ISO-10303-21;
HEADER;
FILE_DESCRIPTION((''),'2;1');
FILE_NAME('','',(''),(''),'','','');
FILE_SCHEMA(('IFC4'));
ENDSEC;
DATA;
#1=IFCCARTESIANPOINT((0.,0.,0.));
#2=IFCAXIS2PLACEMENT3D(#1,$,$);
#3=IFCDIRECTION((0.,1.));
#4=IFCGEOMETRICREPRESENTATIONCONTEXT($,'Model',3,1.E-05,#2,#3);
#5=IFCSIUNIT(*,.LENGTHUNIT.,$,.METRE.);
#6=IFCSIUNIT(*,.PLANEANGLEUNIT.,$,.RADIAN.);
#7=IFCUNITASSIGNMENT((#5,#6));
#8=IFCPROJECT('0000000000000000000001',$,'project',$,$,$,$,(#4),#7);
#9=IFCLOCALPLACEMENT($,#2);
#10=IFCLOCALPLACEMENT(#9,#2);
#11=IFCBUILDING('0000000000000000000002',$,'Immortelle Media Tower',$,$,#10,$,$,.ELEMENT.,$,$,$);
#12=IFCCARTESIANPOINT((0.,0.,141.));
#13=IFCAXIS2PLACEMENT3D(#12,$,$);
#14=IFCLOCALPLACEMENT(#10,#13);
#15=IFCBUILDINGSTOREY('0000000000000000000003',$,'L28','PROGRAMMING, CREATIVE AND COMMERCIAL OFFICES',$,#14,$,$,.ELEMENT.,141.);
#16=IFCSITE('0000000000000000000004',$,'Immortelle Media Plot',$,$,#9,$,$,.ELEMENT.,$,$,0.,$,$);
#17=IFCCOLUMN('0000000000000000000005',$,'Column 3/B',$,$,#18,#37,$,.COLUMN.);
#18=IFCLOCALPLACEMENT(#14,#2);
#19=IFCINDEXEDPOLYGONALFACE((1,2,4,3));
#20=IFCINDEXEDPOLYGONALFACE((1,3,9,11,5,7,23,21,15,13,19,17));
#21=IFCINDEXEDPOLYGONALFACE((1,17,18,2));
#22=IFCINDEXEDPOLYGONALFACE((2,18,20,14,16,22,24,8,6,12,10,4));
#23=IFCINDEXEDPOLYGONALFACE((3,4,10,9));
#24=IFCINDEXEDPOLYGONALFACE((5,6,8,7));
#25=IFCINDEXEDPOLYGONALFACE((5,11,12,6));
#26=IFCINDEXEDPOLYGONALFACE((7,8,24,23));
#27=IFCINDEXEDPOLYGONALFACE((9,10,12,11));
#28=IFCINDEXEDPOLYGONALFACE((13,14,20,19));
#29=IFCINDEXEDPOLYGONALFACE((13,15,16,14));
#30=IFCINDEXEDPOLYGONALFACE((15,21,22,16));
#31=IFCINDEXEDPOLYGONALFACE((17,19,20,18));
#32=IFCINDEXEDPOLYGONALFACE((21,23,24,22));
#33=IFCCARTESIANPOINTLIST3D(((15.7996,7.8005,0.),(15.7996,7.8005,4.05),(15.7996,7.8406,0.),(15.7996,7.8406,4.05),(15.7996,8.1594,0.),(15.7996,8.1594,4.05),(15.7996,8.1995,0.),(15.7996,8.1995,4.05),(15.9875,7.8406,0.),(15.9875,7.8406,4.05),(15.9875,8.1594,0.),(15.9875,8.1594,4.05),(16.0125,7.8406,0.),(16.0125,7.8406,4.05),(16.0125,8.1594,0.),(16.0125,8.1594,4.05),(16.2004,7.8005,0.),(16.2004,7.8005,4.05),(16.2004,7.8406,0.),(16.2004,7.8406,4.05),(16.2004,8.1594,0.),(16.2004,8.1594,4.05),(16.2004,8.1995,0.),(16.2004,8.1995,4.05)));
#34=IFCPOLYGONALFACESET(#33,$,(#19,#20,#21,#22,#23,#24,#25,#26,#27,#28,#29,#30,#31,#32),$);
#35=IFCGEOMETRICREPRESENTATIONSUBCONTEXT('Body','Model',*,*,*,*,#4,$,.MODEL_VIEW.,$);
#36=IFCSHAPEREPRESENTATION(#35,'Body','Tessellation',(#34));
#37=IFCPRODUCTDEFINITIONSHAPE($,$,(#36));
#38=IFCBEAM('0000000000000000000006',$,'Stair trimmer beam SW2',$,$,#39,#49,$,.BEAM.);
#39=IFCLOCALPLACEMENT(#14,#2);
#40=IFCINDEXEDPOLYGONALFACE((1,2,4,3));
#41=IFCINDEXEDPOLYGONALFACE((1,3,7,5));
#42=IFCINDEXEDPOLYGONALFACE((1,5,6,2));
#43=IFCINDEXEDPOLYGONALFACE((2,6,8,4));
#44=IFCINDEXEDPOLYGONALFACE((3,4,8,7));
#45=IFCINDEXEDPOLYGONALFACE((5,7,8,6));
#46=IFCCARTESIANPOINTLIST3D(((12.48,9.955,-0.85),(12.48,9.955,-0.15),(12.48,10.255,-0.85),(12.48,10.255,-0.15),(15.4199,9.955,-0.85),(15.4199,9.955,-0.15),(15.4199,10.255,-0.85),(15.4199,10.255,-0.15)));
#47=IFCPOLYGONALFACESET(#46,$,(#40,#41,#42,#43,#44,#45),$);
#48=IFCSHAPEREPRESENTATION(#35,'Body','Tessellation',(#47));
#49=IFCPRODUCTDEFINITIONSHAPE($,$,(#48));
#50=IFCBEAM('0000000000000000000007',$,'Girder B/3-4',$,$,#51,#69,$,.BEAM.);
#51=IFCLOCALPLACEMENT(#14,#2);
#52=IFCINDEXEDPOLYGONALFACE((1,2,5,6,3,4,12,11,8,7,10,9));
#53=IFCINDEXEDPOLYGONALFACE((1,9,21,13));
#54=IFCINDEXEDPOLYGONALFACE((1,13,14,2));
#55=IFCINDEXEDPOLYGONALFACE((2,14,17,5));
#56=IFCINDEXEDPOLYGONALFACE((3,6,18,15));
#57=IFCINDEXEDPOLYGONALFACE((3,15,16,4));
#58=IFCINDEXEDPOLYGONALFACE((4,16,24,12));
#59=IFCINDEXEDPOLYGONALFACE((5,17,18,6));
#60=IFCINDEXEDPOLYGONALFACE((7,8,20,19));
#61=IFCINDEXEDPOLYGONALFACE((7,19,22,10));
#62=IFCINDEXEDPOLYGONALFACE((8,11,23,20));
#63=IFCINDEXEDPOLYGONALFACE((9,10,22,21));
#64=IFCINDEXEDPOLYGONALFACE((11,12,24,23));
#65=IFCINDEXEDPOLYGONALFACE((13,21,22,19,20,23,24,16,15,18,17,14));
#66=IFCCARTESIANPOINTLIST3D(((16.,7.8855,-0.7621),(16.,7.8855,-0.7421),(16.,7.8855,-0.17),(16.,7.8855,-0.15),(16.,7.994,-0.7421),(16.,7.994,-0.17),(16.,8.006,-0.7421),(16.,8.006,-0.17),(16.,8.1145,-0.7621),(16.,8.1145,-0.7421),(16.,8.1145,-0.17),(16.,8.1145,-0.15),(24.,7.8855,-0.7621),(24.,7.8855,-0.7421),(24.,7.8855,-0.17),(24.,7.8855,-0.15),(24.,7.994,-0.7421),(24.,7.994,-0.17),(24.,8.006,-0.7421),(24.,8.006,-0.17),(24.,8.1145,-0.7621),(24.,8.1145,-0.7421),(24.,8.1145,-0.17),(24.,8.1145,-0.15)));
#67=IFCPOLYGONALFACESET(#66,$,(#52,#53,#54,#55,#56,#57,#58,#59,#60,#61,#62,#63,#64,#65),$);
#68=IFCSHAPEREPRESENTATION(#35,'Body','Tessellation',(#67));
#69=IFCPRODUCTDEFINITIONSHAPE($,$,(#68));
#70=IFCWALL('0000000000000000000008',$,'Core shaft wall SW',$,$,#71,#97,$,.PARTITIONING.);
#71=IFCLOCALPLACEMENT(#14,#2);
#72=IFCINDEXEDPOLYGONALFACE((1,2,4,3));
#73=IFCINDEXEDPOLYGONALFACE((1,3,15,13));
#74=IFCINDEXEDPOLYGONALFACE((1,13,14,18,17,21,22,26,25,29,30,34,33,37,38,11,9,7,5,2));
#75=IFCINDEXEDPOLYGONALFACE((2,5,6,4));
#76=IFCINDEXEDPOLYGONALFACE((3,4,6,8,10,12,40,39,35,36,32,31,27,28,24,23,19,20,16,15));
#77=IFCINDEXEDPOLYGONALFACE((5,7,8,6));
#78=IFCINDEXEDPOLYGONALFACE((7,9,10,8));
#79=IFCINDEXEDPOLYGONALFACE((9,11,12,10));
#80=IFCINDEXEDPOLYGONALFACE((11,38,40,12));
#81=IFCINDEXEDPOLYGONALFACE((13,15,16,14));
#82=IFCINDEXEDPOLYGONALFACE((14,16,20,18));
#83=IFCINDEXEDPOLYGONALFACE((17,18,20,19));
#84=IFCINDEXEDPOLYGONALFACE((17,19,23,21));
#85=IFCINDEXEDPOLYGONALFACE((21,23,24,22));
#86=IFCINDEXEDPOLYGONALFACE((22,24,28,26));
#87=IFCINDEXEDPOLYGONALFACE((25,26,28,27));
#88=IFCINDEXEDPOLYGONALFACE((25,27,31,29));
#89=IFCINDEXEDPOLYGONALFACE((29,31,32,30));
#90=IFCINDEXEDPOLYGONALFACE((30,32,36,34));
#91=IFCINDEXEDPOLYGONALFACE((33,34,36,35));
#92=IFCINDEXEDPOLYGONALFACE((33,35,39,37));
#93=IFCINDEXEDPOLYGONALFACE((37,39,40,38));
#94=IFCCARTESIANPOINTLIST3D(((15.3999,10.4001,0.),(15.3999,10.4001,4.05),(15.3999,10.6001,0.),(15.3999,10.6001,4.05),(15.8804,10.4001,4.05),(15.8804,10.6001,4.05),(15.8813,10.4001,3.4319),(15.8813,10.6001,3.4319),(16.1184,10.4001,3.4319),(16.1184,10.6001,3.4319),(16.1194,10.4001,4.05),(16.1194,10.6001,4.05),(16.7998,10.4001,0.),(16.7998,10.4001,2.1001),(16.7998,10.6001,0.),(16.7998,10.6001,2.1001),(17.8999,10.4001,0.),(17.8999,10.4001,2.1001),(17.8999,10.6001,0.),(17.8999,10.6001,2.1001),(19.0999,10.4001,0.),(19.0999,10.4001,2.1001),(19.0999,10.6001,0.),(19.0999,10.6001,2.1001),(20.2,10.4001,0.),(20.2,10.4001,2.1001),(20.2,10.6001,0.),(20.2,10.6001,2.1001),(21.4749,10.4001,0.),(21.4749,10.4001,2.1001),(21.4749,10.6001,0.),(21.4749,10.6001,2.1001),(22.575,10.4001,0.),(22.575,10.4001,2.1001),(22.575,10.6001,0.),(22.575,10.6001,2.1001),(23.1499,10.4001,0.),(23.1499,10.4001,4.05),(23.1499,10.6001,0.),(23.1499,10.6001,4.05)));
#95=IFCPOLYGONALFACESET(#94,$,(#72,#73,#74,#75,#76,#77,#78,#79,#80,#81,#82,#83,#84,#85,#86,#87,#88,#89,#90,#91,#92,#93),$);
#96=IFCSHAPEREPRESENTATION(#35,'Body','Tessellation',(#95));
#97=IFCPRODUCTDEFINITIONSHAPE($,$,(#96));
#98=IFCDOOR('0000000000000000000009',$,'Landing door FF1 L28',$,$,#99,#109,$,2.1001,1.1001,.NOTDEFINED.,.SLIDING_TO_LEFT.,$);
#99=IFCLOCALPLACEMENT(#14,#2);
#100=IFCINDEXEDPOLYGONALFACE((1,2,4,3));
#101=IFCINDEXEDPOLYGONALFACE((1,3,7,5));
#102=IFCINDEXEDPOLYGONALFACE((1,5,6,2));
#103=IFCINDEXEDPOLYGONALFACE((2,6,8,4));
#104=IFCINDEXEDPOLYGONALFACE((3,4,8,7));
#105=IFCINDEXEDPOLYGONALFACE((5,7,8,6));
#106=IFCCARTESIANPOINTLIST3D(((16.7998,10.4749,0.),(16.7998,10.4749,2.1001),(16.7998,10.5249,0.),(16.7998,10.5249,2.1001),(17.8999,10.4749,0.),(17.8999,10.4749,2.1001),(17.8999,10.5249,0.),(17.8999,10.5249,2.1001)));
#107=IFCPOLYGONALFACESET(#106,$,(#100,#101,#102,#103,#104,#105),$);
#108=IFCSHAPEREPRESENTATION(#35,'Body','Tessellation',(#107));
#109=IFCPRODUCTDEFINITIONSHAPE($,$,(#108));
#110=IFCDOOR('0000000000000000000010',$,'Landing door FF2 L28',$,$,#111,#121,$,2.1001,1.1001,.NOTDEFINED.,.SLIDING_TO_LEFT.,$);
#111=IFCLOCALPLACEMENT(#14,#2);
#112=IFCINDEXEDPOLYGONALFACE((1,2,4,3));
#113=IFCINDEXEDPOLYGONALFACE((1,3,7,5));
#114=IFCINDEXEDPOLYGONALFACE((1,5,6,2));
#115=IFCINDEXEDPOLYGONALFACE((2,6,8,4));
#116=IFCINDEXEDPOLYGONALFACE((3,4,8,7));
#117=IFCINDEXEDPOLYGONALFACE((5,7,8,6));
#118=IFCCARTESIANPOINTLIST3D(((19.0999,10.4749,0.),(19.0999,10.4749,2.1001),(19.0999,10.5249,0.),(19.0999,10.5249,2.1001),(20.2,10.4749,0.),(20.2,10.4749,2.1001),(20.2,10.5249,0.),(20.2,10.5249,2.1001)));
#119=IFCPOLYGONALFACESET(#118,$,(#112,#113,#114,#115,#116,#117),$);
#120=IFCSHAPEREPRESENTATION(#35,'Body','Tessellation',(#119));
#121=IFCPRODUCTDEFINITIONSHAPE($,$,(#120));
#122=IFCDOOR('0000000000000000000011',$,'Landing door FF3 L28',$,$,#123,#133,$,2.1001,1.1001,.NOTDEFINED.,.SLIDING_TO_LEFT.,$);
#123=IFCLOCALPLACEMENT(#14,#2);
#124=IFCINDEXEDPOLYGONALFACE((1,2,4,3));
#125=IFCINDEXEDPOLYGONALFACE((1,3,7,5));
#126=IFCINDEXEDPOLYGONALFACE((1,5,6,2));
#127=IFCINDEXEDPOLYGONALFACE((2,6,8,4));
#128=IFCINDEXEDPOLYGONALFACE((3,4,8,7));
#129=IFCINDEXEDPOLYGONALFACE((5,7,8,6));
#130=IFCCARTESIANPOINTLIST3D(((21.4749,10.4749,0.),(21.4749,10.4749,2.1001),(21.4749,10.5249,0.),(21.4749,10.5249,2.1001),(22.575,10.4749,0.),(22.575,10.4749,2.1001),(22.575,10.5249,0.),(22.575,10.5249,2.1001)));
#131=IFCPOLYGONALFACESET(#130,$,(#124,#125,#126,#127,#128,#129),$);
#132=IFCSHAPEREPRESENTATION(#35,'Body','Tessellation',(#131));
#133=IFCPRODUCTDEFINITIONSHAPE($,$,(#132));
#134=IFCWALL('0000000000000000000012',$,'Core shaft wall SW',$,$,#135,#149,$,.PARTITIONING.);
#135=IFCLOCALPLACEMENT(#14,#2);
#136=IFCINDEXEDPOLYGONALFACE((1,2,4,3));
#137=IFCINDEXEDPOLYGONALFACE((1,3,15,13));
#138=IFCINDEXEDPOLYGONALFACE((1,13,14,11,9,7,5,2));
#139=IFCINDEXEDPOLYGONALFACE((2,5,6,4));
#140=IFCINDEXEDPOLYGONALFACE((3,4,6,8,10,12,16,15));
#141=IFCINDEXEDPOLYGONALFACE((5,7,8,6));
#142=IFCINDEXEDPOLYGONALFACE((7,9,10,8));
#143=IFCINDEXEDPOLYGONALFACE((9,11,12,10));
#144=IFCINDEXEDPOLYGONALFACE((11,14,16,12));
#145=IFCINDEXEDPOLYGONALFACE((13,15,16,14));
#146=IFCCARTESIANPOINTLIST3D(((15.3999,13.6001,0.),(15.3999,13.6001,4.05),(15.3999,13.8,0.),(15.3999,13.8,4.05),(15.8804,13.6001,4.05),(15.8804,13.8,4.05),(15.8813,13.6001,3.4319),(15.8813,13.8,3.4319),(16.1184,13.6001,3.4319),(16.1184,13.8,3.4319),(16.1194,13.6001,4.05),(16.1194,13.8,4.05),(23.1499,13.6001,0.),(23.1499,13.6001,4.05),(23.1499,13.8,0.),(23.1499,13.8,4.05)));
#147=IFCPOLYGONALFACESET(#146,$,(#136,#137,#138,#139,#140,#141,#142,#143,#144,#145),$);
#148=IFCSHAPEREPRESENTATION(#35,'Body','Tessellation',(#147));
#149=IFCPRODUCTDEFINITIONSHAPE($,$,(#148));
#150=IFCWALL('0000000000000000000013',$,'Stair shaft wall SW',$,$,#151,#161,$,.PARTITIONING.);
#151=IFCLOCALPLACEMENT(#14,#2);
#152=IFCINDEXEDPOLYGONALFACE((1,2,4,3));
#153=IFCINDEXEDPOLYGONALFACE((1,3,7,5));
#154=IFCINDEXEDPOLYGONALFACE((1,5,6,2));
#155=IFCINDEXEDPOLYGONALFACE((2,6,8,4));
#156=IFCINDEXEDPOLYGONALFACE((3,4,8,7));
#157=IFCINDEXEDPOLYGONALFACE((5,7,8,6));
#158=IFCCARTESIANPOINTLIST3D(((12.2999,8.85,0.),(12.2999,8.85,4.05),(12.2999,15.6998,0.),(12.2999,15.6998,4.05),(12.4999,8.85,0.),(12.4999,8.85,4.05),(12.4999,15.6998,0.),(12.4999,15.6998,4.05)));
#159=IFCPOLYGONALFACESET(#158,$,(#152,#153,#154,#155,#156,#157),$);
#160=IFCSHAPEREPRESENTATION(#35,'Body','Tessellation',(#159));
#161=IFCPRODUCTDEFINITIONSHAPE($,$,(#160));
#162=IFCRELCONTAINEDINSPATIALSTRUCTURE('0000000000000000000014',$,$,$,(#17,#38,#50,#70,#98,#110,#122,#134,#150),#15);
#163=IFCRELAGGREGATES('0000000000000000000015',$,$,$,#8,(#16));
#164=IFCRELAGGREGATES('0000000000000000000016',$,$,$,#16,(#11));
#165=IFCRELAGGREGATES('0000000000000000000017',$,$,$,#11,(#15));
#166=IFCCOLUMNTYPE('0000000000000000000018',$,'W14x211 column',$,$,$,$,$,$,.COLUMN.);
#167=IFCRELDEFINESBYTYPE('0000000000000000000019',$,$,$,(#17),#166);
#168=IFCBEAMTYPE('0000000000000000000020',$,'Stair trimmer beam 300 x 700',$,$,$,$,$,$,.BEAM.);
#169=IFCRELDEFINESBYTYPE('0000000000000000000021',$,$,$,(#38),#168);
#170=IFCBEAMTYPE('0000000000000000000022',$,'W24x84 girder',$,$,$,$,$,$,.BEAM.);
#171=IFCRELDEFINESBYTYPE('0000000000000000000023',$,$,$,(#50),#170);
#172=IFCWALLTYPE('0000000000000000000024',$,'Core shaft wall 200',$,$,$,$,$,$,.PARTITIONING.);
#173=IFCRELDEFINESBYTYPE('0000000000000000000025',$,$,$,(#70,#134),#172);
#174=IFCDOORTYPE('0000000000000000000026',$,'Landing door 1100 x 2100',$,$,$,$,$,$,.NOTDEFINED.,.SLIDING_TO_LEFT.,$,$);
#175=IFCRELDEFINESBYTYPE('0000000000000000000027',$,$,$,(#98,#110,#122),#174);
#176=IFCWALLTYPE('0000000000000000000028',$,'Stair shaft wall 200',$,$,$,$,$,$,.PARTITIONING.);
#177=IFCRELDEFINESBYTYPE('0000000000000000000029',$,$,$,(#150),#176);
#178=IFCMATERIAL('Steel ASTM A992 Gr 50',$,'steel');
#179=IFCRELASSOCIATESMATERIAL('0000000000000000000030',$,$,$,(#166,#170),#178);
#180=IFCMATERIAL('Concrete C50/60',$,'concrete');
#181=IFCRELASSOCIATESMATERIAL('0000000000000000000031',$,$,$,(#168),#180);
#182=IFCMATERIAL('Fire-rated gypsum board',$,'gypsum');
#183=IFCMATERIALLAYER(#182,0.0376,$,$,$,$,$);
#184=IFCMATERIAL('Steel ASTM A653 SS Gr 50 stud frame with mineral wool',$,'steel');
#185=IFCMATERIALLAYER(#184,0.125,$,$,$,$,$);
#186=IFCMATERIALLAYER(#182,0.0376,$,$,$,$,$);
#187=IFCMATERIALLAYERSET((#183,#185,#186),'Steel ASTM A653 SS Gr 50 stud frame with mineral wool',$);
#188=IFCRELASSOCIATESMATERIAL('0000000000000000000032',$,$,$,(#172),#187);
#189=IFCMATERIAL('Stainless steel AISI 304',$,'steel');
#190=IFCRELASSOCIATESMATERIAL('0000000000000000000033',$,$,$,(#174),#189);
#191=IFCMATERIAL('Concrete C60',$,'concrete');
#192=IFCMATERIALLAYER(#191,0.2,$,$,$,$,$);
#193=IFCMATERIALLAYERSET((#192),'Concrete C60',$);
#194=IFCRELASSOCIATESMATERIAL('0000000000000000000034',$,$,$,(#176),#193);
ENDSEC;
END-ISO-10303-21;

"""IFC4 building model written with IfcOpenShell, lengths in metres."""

from ifc_helpers import new_model, si_unit, direction, frame, frame_2d, origin, origin_2d, place, context, subcontext, project, spatial, polyline, rectangle, i_section, outline, extrude, material, layer, layer_set, material_profile, profile_set, type_object, element, fill, save


model = new_model("IFC4")

# Units and contexts
model_context = context("Model", 3, precision=1e-05, world=origin(), true_north=direction((0.0, 1.0)))
body_context = subcontext(model_context, "Body", "Model", "MODEL_VIEW")
ifc_project = project(units=[si_unit("LENGTHUNIT", "METRE"), si_unit("PLANEANGLEUNIT", "RADIAN")], contexts=[model_context])

# Site, building, storey
site_placement = place(None, origin())
site = spatial("IfcSite", under=ifc_project, at=site_placement, Name="Immortelle Media Plot", CompositionType="ELEMENT", RefElevation=0.0)
building_placement = place(site_placement, origin())
building = spatial("IfcBuilding", under=site, at=building_placement, Name="Immortelle Media Tower", CompositionType="ELEMENT")
storey_placement = place(building_placement, frame((0.0, 0.0, 141.0)))
storey = spatial("IfcBuildingStorey", under=building, at=storey_placement, Name="L28", Description="PROGRAMMING, CREATIVE AND COMMERCIAL OFFICES", CompositionType="ELEMENT", Elevation=141.0)

# Column
ifc_material_1 = material(Name="Steel ASTM A992 Gr 50", Category="steel")
ifc_material_profile_1 = material_profile(ifc_material_1, i_section(OverallWidth=0.4009, OverallDepth=0.3989, WebThickness=0.0249, FlangeThickness=0.04, at=origin_2d()), Name="W14x211")
ifc_profile_set_1 = profile_set([ifc_material_profile_1], Name="Steel ASTM A992 Gr 50")
column_type = type_object("IfcColumnType", Name="W14x211 column", PredefinedType="COLUMN", material=ifc_profile_set_1)
column_placement = place(storey_placement, frame((16.0, 8.0, 0.0), z_axis=(0.0, 0.0, 1.0), x_axis=(1.0, 0.0, 0.0)))
element("IfcColumn", 1, at=column_placement, inside=storey, type_object=column_type, Name="Column 3/B", PredefinedType="COLUMN", context=body_context, shape_type="SweptSolid", body=[
    extrude(i_section(OverallWidth=0.4009, OverallDepth=0.3989, WebThickness=0.0249, FlangeThickness=0.04, at=origin_2d()), origin(), (0.0, 0.0, 1.0), 4.05),
])

# Beams
ifc_material_2 = material(Name="Concrete C50/60", Category="concrete")
ifc_material_profile_2 = material_profile(ifc_material_2, rectangle(XDim=0.3, YDim=0.7, at=origin_2d()), Name="RC 300x700")
ifc_profile_set_2 = profile_set([ifc_material_profile_2], Name="Concrete C50/60")
beam_type_1 = type_object("IfcBeamType", Name="Stair trimmer beam 300 x 700", PredefinedType="BEAM", material=ifc_profile_set_2)
beam_1_placement = place(storey_placement, frame((12.48, 10.105, -0.5), z_axis=(1.0, 0.0, 0.0), x_axis=(0.0, 1.0, 0.0)))
element("IfcBeam", 2, at=beam_1_placement, inside=storey, type_object=beam_type_1, Name="Stair trimmer beam SW2", PredefinedType="BEAM", context=body_context, shape_type="SweptSolid", body=[
    extrude(rectangle(XDim=0.3, YDim=0.7, at=origin_2d()), origin(), (0.0, 0.0, 1.0), 2.9399),
])
ifc_material_profile_3 = material_profile(ifc_material_1, i_section(OverallWidth=0.229, OverallDepth=0.6121, WebThickness=0.012, FlangeThickness=0.02, at=origin_2d()), Name="W24x84")
ifc_profile_set_3 = profile_set([ifc_material_profile_3], Name="Steel ASTM A992 Gr 50")
beam_type_2 = type_object("IfcBeamType", Name="W24x84 girder", PredefinedType="BEAM", material=ifc_profile_set_3)
beam_2_placement = place(storey_placement, frame((16.0, 8.0, -0.4561), z_axis=(1.0, 0.0, 0.0), x_axis=(0.0, 1.0, 0.0)))
element("IfcBeam", 3, at=beam_2_placement, inside=storey, type_object=beam_type_2, Name="Girder B/3-4", PredefinedType="BEAM", context=body_context, shape_type="SweptSolid", body=[
    extrude(i_section(OverallWidth=0.229, OverallDepth=0.6121, WebThickness=0.012, FlangeThickness=0.02, at=origin_2d()), origin(), (0.0, 0.0, 1.0), 8.0),
])

# Wall, openings, doors
ifc_material_3 = material(Name="Fire-rated gypsum board", Category="gypsum")
ifc_layer_1 = layer(ifc_material_3, 0.0376)
ifc_material_4 = material(Name="Steel ASTM A653 SS Gr 50 stud frame with mineral wool", Category="steel")
ifc_layer_2 = layer(ifc_material_4, 0.125)
ifc_layer_3 = layer(ifc_material_3, 0.0376)
ifc_layer_set_1 = layer_set([ifc_layer_1, ifc_layer_2, ifc_layer_3], Name="Steel ASTM A653 SS Gr 50 stud frame with mineral wool")
wall_type_1 = type_object("IfcWallType", Name="Core shaft wall 200", PredefinedType="PARTITIONING", material=ifc_layer_set_1)
wall_1_placement = place(storey_placement, frame((15.3999, 10.5, 0.0), z_axis=(0.0, 0.0, 1.0), x_axis=(1.0, 0.0, 0.0)))
wall_1 = element("IfcWall", 4, at=wall_1_placement, inside=storey, type_object=wall_type_1, Name="Core shaft wall SW", PredefinedType="PARTITIONING", context=body_context, shape_type="SweptSolid", body=[
    extrude(outline(polyline([(0.0, 0.0), (7.75, 0.0), (7.75, 4.05), (0.7195, 4.05), (0.7185, 3.4319), (0.4814, 3.4319), (0.4805, 4.05), (0.0, 4.05), (0.0, 0.0)])), frame((0.0, 0.1001, 0.0), z_axis=(0.0, -1.0, 0.0), x_axis=(1.0, 0.0, 0.0)), (0.0, 0.0, 1.0), 0.2),
])
opening_1_placement = place(wall_1_placement, frame((1.3999, 0.0, 0.0)))
opening_1 = element("IfcOpeningElement", 5, at=opening_1_placement, cuts=wall_1, PredefinedType="OPENING", context=body_context, shape_type="SweptSolid", body=[
    extrude(rectangle(XDim=1.1001, YDim=2.1001, at=frame_2d((0.55, 1.05))), frame((0.0, 0.1099, 0.0), z_axis=(0.0, -1.0, 0.0), x_axis=(1.0, 0.0, 0.0)), (0.0, 0.0, 1.0), 0.22),
])
opening_2_placement = place(wall_1_placement, frame((3.7, 0.0, 0.0)))
opening_2 = element("IfcOpeningElement", 6, at=opening_2_placement, cuts=wall_1, PredefinedType="OPENING", context=body_context, shape_type="SweptSolid", body=[
    extrude(rectangle(XDim=1.1001, YDim=2.1001, at=frame_2d((0.55, 1.05))), frame((0.0, 0.1099, 0.0), z_axis=(0.0, -1.0, 0.0), x_axis=(1.0, 0.0, 0.0)), (0.0, 0.0, 1.0), 0.22),
])
opening_3_placement = place(wall_1_placement, frame((6.075, 0.0, 0.0)))
opening_3 = element("IfcOpeningElement", 7, at=opening_3_placement, cuts=wall_1, PredefinedType="OPENING", context=body_context, shape_type="SweptSolid", body=[
    extrude(rectangle(XDim=1.1001, YDim=2.1001, at=frame_2d((0.55, 1.05))), frame((0.0, 0.1099, 0.0), z_axis=(0.0, -1.0, 0.0), x_axis=(1.0, 0.0, 0.0)), (0.0, 0.0, 1.0), 0.22),
])
ifc_material_5 = material(Name="Stainless steel AISI 304", Category="steel")
door_type_1 = type_object("IfcDoorType", Name="Landing door 1100 x 2100", OperationType="SLIDING_TO_LEFT", PredefinedType="NOTDEFINED", material=ifc_material_5)
door_1_placement = place(opening_1_placement, origin())
door_1 = element("IfcDoor", 8, at=door_1_placement, inside=storey, type_object=door_type_1, Name="Landing door FF1 L28", OperationType="SLIDING_TO_LEFT", OverallHeight=2.1001, OverallWidth=1.1001, PredefinedType="NOTDEFINED", context=body_context, shape_type="SweptSolid", body=[
    extrude(rectangle(XDim=1.1001, YDim=2.1001, at=frame_2d((0.55, 1.05))), frame((0.0, 0.0249, 0.0), z_axis=(0.0, -1.0, 0.0), x_axis=(1.0, 0.0, 0.0)), (0.0, 0.0, 1.0), 0.05),
])
fill(opening_1, door_1)
door_2_placement = place(opening_2_placement, origin())
door_2 = element("IfcDoor", 9, at=door_2_placement, inside=storey, type_object=door_type_1, Name="Landing door FF2 L28", OperationType="SLIDING_TO_LEFT", OverallHeight=2.1001, OverallWidth=1.1001, PredefinedType="NOTDEFINED", context=body_context, shape_type="SweptSolid", body=[
    extrude(rectangle(XDim=1.1001, YDim=2.1001, at=frame_2d((0.55, 1.05))), frame((0.0, 0.0249, 0.0), z_axis=(0.0, -1.0, 0.0), x_axis=(1.0, 0.0, 0.0)), (0.0, 0.0, 1.0), 0.05),
])
fill(opening_2, door_2)
door_3_placement = place(opening_3_placement, origin())
door_3 = element("IfcDoor", 10, at=door_3_placement, inside=storey, type_object=door_type_1, Name="Landing door FF3 L28", OperationType="SLIDING_TO_LEFT", OverallHeight=2.1001, OverallWidth=1.1001, PredefinedType="NOTDEFINED", context=body_context, shape_type="SweptSolid", body=[
    extrude(rectangle(XDim=1.1001, YDim=2.1001, at=frame_2d((0.55, 1.05))), frame((0.0, 0.0249, 0.0), z_axis=(0.0, -1.0, 0.0), x_axis=(1.0, 0.0, 0.0)), (0.0, 0.0, 1.0), 0.05),
])
fill(opening_3, door_3)

# Walls
wall_2_placement = place(storey_placement, frame((15.3999, 13.7, 0.0), z_axis=(0.0, 0.0, 1.0), x_axis=(1.0, 0.0, 0.0)))
element("IfcWall", 11, at=wall_2_placement, inside=storey, type_object=wall_type_1, Name="Core shaft wall SW", PredefinedType="PARTITIONING", context=body_context, shape_type="SweptSolid", body=[
    extrude(outline(polyline([(0.0, 0.0), (7.75, 0.0), (7.75, 4.05), (0.7195, 4.05), (0.7185, 3.4319), (0.4814, 3.4319), (0.4805, 4.05), (0.0, 4.05), (0.0, 0.0)])), frame((0.0, 0.1001, 0.0), z_axis=(0.0, -1.0, 0.0), x_axis=(1.0, 0.0, 0.0)), (0.0, 0.0, 1.0), 0.2),
])
ifc_material_6 = material(Name="Concrete C60", Category="concrete")
ifc_layer_4 = layer(ifc_material_6, 0.2)
ifc_layer_set_2 = layer_set([ifc_layer_4], Name="Concrete C60")
wall_type_2 = type_object("IfcWallType", Name="Stair shaft wall 200", PredefinedType="PARTITIONING", material=ifc_layer_set_2)
wall_3_placement = place(storey_placement, frame((12.3999, 8.8501, 0.0), z_axis=(0.0, 0.0, 1.0), x_axis=(0.0, 1.0, 0.0)))
element("IfcWall", 12, at=wall_3_placement, inside=storey, type_object=wall_type_2, Name="Stair shaft wall SW", PredefinedType="PARTITIONING", context=body_context, shape_type="SweptSolid", body=[
    extrude(rectangle(XDim=6.8499, YDim=0.2, at=frame_2d((3.4248, 0.0))), origin(), (0.0, 0.0, 1.0), 4.05),
])

save(model, "model.ifc")
